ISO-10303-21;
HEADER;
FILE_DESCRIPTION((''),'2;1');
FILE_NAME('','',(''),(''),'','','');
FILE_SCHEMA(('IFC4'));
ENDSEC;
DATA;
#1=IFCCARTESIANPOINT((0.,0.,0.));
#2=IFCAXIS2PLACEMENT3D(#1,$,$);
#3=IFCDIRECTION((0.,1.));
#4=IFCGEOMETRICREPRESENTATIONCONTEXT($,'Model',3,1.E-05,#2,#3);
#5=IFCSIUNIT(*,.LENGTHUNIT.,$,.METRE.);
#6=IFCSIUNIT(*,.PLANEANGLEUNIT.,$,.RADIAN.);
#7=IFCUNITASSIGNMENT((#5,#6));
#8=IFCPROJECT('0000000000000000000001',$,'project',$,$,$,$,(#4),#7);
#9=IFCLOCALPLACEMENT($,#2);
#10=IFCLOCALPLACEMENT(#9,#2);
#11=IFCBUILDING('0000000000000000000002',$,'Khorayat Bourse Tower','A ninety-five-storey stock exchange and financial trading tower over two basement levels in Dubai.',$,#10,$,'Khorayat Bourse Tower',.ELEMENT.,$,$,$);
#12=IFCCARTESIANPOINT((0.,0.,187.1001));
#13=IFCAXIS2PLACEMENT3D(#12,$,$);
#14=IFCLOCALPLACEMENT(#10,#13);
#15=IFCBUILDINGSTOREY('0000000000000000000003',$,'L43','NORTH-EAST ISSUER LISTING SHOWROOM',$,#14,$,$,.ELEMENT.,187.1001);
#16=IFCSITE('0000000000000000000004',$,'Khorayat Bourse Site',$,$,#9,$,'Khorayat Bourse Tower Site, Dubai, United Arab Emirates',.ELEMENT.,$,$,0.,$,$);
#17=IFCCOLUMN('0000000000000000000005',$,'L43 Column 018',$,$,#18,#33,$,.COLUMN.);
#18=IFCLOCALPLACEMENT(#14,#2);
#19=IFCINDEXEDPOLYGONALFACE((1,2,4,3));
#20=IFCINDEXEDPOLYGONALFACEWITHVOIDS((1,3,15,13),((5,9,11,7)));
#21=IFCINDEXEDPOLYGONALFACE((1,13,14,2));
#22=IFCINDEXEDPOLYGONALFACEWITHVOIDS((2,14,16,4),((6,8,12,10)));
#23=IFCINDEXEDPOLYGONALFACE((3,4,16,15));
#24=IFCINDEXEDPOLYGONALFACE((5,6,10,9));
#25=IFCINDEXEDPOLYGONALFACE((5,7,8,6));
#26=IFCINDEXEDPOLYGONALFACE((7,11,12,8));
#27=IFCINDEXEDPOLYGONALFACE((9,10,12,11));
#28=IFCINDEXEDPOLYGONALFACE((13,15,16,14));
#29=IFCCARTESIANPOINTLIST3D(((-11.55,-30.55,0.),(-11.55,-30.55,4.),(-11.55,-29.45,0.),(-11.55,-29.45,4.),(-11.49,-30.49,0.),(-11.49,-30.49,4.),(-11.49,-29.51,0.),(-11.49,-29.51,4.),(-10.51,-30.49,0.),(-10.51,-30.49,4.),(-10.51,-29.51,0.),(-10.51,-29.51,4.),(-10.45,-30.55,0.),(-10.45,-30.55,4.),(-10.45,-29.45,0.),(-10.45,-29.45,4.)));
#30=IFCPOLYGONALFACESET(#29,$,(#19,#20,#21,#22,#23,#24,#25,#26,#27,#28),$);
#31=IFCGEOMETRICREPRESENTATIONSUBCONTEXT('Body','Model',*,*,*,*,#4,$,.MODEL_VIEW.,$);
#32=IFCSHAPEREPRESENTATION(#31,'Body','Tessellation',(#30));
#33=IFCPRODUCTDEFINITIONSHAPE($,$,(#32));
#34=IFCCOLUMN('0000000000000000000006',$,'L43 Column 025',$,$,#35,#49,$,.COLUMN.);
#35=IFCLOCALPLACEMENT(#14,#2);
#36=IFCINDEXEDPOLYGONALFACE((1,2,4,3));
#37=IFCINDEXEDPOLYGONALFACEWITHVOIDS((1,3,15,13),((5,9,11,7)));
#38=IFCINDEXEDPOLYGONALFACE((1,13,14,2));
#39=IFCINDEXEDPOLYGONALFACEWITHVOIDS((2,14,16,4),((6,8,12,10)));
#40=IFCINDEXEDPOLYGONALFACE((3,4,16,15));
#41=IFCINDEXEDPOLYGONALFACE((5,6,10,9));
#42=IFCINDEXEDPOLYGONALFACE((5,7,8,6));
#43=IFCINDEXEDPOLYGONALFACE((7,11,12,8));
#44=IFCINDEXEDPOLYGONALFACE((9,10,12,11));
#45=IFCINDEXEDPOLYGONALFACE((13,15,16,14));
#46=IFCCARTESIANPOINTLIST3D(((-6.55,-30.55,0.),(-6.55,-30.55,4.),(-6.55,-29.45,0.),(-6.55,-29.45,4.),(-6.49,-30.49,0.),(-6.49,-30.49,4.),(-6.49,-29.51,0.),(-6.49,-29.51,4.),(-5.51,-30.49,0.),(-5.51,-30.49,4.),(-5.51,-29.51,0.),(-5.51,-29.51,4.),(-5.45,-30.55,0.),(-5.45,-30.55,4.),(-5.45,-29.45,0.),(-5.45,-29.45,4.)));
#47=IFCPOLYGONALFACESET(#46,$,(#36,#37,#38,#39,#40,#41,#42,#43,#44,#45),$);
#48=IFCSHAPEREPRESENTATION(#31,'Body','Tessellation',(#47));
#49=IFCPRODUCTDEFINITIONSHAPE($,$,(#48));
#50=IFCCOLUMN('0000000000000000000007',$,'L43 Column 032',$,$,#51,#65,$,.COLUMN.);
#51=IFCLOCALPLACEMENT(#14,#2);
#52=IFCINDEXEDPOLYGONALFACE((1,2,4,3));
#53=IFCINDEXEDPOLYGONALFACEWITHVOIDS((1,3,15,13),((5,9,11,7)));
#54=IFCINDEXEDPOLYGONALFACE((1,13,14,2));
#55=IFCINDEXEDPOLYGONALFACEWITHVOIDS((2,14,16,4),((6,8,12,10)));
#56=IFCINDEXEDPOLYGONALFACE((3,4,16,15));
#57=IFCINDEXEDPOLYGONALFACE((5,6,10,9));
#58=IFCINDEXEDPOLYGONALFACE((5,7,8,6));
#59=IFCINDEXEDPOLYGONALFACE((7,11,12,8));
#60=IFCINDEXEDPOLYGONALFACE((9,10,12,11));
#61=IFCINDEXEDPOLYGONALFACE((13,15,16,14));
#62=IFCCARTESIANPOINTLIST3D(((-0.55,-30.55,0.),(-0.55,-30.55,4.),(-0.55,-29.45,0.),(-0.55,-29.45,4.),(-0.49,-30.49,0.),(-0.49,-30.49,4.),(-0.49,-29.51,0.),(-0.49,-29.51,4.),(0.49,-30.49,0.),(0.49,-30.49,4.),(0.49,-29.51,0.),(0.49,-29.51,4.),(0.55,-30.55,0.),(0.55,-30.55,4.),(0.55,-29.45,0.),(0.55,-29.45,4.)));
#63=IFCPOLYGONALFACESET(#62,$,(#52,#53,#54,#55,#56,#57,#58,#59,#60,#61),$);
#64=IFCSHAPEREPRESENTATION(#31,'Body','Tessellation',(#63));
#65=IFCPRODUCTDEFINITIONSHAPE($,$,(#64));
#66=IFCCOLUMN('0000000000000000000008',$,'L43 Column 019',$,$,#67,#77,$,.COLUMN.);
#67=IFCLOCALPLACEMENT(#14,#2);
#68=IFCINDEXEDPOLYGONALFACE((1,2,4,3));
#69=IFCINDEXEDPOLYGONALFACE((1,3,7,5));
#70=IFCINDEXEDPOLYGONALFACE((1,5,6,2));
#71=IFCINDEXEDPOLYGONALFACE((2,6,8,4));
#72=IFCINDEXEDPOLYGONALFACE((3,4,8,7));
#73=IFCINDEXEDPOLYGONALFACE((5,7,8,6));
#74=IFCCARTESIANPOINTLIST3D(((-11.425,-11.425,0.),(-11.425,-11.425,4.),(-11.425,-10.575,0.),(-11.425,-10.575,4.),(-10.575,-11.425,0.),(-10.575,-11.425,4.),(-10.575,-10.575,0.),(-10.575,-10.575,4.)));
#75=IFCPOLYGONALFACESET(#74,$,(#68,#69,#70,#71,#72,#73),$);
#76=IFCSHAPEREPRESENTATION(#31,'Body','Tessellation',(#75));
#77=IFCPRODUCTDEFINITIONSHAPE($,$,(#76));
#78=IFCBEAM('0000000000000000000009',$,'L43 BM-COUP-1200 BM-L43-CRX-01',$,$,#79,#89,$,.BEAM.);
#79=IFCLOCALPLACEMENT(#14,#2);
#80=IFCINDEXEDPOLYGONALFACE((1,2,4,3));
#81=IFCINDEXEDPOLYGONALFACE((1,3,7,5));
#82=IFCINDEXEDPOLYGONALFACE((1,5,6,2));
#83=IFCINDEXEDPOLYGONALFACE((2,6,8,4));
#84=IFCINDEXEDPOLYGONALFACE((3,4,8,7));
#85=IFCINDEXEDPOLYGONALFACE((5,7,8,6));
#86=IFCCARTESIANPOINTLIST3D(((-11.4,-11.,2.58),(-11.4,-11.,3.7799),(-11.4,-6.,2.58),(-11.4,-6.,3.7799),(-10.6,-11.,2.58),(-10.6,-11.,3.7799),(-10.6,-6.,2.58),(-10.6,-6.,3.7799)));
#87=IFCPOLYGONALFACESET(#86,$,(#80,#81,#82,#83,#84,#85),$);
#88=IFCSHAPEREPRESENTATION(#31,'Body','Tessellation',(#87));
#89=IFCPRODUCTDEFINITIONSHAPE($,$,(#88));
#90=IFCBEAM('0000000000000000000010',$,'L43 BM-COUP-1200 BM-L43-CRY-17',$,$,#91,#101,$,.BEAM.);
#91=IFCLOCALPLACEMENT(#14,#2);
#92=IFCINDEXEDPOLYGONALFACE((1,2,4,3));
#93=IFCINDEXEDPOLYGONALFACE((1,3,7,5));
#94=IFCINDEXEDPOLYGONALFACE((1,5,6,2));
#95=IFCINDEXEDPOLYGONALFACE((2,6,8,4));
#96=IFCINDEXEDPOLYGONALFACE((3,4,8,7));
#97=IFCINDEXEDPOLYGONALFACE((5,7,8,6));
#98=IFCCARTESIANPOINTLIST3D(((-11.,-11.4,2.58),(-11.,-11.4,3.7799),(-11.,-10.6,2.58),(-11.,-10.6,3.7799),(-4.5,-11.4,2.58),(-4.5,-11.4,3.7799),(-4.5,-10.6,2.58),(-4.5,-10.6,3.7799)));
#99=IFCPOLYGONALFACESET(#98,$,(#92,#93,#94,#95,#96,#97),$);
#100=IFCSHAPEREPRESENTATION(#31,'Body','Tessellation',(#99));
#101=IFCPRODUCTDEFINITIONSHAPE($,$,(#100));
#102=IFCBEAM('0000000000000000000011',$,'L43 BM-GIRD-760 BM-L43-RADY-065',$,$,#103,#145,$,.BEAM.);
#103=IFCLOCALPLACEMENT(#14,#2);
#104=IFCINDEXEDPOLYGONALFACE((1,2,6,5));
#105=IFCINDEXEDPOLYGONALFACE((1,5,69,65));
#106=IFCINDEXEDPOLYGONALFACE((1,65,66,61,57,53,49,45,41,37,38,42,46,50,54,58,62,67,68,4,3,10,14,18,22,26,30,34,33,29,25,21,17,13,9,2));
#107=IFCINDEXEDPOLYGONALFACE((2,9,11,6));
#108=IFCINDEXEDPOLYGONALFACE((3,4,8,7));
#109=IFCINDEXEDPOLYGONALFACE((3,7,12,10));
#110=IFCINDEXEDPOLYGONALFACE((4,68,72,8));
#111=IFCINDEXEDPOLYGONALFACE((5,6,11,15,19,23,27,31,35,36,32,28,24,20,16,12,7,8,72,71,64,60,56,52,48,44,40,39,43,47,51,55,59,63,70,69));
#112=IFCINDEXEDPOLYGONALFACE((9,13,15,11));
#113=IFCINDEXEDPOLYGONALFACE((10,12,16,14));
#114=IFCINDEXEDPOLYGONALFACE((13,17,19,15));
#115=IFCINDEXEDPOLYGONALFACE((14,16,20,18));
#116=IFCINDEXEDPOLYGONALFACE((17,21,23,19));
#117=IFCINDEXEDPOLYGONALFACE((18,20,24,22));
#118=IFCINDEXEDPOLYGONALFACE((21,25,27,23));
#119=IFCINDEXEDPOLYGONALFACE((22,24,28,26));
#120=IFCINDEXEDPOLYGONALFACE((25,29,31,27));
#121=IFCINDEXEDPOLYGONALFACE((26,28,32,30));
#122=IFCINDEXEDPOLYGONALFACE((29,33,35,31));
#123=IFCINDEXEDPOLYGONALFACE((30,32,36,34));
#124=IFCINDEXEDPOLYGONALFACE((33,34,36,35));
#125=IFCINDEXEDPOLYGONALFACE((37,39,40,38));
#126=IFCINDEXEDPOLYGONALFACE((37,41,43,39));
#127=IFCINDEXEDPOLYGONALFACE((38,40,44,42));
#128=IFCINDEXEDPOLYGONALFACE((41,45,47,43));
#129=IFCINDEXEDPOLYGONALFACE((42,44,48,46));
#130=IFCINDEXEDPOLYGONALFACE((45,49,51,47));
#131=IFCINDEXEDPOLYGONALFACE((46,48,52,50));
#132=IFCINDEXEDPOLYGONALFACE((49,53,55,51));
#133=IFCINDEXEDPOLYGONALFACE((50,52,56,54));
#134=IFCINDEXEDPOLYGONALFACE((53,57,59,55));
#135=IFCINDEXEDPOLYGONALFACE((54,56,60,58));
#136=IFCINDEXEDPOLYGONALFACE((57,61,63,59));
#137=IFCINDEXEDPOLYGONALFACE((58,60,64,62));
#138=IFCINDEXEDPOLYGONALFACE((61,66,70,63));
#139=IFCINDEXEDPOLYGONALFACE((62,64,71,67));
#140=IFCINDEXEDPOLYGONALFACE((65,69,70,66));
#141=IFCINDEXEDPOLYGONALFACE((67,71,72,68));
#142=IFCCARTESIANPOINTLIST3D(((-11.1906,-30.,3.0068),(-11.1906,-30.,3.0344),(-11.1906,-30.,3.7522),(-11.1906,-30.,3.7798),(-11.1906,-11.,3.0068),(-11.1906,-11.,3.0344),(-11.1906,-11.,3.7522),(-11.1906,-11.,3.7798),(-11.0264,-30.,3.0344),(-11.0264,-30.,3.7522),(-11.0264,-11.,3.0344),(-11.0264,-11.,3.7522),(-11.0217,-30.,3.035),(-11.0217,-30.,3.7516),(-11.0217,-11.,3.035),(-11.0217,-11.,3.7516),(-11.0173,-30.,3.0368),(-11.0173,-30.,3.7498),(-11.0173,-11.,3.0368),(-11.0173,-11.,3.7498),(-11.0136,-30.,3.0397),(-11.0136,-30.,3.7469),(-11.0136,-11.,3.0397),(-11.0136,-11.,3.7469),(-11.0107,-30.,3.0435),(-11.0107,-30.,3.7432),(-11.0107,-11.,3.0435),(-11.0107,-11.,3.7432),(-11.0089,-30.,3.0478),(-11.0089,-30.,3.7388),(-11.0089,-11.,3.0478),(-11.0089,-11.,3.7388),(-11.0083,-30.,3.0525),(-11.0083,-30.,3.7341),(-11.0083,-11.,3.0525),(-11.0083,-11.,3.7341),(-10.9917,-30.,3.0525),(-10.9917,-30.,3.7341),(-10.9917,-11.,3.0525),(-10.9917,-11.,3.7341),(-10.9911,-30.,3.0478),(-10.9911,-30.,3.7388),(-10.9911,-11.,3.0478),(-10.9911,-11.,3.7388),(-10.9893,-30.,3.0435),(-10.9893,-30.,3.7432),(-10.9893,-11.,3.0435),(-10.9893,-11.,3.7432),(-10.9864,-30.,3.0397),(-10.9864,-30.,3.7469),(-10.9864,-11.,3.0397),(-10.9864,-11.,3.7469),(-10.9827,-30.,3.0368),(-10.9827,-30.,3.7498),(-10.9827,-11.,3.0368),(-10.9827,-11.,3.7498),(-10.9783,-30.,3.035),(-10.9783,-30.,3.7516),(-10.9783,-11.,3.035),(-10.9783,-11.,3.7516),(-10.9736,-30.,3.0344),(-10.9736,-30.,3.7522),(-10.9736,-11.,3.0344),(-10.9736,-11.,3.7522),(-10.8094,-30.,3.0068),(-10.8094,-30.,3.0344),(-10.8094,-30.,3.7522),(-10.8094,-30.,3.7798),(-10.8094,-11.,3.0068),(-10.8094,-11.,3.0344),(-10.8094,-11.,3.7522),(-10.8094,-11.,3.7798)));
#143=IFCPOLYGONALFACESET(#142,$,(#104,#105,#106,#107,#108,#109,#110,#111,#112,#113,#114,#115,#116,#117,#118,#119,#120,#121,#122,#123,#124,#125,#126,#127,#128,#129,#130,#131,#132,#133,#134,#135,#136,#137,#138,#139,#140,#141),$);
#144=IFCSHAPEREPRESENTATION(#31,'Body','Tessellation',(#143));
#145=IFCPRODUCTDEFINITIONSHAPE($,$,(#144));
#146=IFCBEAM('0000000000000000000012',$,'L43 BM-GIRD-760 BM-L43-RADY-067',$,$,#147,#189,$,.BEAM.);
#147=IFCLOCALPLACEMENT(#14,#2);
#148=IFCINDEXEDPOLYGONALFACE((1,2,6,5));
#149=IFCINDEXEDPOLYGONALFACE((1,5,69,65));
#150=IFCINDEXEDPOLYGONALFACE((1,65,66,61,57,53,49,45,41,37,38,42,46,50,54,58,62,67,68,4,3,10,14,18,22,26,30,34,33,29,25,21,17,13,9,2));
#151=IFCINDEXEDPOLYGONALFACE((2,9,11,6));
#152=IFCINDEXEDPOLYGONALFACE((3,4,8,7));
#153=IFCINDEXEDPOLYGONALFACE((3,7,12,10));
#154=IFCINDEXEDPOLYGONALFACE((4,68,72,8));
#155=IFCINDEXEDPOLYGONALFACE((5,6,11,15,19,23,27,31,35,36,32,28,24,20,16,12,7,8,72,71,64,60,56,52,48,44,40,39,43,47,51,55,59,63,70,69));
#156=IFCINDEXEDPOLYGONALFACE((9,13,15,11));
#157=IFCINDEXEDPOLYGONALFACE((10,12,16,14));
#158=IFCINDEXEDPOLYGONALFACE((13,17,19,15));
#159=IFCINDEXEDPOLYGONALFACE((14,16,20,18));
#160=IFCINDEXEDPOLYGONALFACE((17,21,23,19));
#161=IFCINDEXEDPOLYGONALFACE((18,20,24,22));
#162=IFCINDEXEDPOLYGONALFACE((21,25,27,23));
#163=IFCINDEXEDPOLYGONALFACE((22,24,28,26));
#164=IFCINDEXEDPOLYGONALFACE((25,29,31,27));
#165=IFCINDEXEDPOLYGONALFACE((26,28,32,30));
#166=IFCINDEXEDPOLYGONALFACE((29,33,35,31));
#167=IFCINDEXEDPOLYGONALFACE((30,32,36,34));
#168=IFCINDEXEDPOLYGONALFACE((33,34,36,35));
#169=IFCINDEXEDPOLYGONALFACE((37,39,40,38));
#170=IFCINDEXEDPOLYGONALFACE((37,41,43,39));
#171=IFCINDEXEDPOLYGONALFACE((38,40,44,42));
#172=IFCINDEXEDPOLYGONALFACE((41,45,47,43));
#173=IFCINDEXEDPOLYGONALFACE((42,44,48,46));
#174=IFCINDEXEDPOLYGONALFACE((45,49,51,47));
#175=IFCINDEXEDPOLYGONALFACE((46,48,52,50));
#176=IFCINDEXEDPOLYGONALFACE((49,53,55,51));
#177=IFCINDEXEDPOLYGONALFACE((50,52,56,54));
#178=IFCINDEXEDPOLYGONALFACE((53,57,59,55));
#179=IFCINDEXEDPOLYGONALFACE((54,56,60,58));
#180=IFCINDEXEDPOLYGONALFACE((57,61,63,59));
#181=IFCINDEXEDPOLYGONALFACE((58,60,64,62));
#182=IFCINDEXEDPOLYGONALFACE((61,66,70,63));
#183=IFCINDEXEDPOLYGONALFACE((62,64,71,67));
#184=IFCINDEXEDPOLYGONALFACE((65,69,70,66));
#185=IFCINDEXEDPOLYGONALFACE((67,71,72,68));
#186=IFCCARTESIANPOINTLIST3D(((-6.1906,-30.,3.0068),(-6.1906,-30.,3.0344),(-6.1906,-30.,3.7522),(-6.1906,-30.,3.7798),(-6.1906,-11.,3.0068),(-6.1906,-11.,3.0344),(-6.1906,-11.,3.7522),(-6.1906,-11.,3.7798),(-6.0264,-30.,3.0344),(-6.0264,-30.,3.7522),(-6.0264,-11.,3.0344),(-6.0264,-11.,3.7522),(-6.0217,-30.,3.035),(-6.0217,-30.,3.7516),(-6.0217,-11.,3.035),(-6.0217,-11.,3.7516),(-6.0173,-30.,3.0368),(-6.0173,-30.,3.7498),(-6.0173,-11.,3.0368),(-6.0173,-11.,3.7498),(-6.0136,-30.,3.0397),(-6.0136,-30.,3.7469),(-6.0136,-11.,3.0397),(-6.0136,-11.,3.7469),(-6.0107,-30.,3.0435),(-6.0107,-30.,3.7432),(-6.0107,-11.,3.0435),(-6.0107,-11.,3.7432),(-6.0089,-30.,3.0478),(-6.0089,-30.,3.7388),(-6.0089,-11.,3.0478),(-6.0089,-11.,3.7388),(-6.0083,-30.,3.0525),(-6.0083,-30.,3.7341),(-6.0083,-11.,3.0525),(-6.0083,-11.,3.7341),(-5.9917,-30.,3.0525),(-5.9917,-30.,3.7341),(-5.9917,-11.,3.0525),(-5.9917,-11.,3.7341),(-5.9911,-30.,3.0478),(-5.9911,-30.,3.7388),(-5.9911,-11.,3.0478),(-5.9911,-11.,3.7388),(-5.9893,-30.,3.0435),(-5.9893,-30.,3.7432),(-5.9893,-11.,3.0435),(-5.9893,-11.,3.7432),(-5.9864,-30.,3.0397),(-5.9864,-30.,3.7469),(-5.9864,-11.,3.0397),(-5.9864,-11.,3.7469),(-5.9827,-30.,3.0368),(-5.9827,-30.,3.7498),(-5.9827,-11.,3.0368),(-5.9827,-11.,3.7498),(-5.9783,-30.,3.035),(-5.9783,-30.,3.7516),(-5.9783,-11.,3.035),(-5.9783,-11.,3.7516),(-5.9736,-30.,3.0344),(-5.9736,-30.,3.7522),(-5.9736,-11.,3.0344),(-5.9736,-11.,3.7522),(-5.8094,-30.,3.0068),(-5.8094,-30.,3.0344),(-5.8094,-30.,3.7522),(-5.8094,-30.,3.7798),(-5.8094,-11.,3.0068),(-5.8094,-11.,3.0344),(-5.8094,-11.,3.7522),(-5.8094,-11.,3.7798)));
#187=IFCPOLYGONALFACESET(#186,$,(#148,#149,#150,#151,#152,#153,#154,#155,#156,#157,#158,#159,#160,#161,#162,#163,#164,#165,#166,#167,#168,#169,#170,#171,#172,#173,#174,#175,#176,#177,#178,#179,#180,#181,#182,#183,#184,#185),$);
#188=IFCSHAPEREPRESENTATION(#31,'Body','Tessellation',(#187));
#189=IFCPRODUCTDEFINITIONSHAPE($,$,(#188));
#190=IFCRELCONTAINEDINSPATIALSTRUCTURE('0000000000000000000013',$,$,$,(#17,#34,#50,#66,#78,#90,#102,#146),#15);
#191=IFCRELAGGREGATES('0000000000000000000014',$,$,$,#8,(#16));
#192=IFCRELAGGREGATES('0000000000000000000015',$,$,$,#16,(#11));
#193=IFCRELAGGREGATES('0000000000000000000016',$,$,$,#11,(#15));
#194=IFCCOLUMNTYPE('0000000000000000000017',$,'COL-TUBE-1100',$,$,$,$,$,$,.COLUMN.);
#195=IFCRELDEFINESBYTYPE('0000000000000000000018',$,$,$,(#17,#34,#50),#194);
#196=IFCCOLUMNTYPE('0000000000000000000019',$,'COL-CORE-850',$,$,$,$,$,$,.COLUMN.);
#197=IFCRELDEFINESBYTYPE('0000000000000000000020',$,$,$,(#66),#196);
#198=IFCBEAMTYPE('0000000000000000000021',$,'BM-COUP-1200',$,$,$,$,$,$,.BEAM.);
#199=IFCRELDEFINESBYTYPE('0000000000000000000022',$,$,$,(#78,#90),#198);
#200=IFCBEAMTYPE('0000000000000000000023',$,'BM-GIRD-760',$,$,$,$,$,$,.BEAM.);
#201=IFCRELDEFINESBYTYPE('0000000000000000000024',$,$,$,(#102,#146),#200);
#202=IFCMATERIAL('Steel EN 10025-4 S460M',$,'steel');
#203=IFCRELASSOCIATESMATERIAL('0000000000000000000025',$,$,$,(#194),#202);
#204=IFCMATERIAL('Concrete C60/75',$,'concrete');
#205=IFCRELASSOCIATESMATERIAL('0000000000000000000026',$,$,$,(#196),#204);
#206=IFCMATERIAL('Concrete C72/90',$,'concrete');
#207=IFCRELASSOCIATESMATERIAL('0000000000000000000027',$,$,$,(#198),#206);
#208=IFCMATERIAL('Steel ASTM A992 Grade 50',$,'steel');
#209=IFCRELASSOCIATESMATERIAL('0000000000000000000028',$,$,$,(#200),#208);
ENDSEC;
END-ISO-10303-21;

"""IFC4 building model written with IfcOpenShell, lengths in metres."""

from ifc_helpers import new_model, si_unit, direction, frame, origin, origin_2d, place, context, subcontext, project, spatial, rectangle, hollow_rectangle, i_section, extrude, source, transform, mapped, material, material_profile, profile_set, type_object, element, save


model = new_model("IFC4")

# Units and contexts
model_context = context("Model", 3, precision=1e-05, world=origin(), true_north=direction((0.0, 1.0)))
body_context = subcontext(model_context, "Body", "Model", "MODEL_VIEW")
ifc_project = project(units=[si_unit("LENGTHUNIT", "METRE"), si_unit("PLANEANGLEUNIT", "RADIAN")], contexts=[model_context])

# Site, building, storey
site_placement = place(None, origin())
site = spatial("IfcSite", under=ifc_project, at=site_placement, Name="Khorayat Bourse Site", LongName="Khorayat Bourse Tower Site, Dubai, United Arab Emirates", CompositionType="ELEMENT", RefElevation=0.0)
building_placement = place(site_placement, origin())
building = spatial("IfcBuilding", under=site, at=building_placement, Name="Khorayat Bourse Tower", Description="A ninety-five-storey stock exchange and financial trading tower over two basement levels in Dubai.", LongName="Khorayat Bourse Tower", CompositionType="ELEMENT")
storey_placement = place(building_placement, frame((0.0, 0.0, 187.1001)))
storey = spatial("IfcBuildingStorey", under=building, at=storey_placement, Name="L43", Description="NORTH-EAST ISSUER LISTING SHOWROOM", CompositionType="ELEMENT", Elevation=187.1001)

# Columns
ifc_material_1 = material(Name="Steel EN 10025-4 S460M", Category="steel")
ifc_material_profile_1 = material_profile(ifc_material_1, hollow_rectangle(XDim=1.1001, YDim=1.1001, WallThickness=0.0601, at=origin_2d()), Name="BOX 1100x1100x60")
ifc_profile_set_1 = profile_set([ifc_material_profile_1], Name="Steel EN 10025-4 S460M")
column_type_1 = type_object("IfcColumnType", Name="COL-TUBE-1100", PredefinedType="COLUMN", material=ifc_profile_set_1)
shared_shape_1 = source(origin(), body_context, "Body", "SweptSolid", [
    extrude(hollow_rectangle(XDim=1.1001, YDim=1.1001, WallThickness=0.0601, at=origin_2d()), origin(), (0.0, 0.0, 1.0), 4.0),
])
for number, where, z_axis, x_axis, name in (
    (1, (-11.0, -30.0, 0.0), (0.0, 0.0, 1.0), (1.0, 0.0, 0.0), "L43 Column 018"),
    (2, (-6.0, -30.0, 0.0), (0.0, 0.0, 1.0), (1.0, 0.0, 0.0), "L43 Column 025"),
    (3, (0.0, -30.0, 0.0), (0.0, 0.0, 1.0), (1.0, 0.0, 0.0), "L43 Column 032"),
):
    element("IfcColumn", number, at=place(storey_placement, frame(where, z_axis=z_axis, x_axis=x_axis)), inside=storey, type_object=column_type_1, Name=name, PredefinedType="COLUMN", context=body_context, shape_type="MappedRepresentation", body=[
        mapped(shared_shape_1, transform((0.0, 0.0, 0.0), scale=1.0)),
    ])
ifc_material_2 = material(Name="Concrete C60/75", Category="concrete")
ifc_material_profile_2 = material_profile(ifc_material_2, rectangle(XDim=0.8501, YDim=0.8501, at=origin_2d()), Name="RC 850x850")
ifc_profile_set_2 = profile_set([ifc_material_profile_2], Name="Concrete C60/75")
column_type_2 = type_object("IfcColumnType", Name="COL-CORE-850", PredefinedType="COLUMN", material=ifc_profile_set_2)
shared_shape_2 = source(origin(), body_context, "Body", "SweptSolid", [
    extrude(rectangle(XDim=0.8501, YDim=0.8501, at=origin_2d()), origin(), (0.0, 0.0, 1.0), 4.0),
])
column_placement = place(storey_placement, frame((-11.0, -11.0, 0.0), z_axis=(0.0, 0.0, 1.0), x_axis=(1.0, 0.0, 0.0)))
element("IfcColumn", 4, at=column_placement, inside=storey, type_object=column_type_2, Name="L43 Column 019", PredefinedType="COLUMN", context=body_context, shape_type="MappedRepresentation", body=[
    mapped(shared_shape_2, transform((0.0, 0.0, 0.0), scale=1.0)),
])

# Beams
ifc_material_3 = material(Name="Concrete C72/90", Category="concrete")
ifc_material_profile_3 = material_profile(ifc_material_3, rectangle(XDim=0.8, YDim=1.2, at=origin_2d()), Name="RC 800x1200")
ifc_profile_set_3 = profile_set([ifc_material_profile_3], Name="Concrete C72/90")
beam_type_1 = type_object("IfcBeamType", Name="BM-COUP-1200", PredefinedType="BEAM", material=ifc_profile_set_3)
shared_shape_3 = source(origin(), body_context, "Body", "SweptSolid", [
    extrude(rectangle(XDim=0.8, YDim=1.2, at=origin_2d()), origin(), (0.0, 0.0, 1.0), 5.0),
])
beam_1_placement = place(storey_placement, frame((-11.0, -11.0, 3.1799), z_axis=(0.0, 1.0, 0.0), x_axis=(-1.0, 0.0, 0.0)))
element("IfcBeam", 5, at=beam_1_placement, inside=storey, type_object=beam_type_1, Name="L43 BM-COUP-1200 BM-L43-CRX-01", PredefinedType="BEAM", context=body_context, shape_type="MappedRepresentation", body=[
    mapped(shared_shape_3, transform((0.0, 0.0, 0.0), scale=1.0)),
])
shared_shape_4 = source(origin(), body_context, "Body", "SweptSolid", [
    extrude(rectangle(XDim=0.8, YDim=1.2, at=origin_2d()), origin(), (0.0, 0.0, 1.0), 6.5),
])
beam_2_placement = place(storey_placement, frame((-11.0, -11.0, 3.1799), z_axis=(1.0, 0.0, 0.0), x_axis=(0.0, 1.0, 0.0)))
element("IfcBeam", 6, at=beam_2_placement, inside=storey, type_object=beam_type_1, Name="L43 BM-COUP-1200 BM-L43-CRY-17", PredefinedType="BEAM", context=body_context, shape_type="MappedRepresentation", body=[
    mapped(shared_shape_4, transform((0.0, 0.0, 0.0), scale=1.0)),
])
ifc_material_4 = material(Name="Steel ASTM A992 Grade 50", Category="steel")
ifc_material_profile_4 = material_profile(ifc_material_4, i_section(OverallWidth=0.3811, OverallDepth=0.7729, WebThickness=0.0166, FlangeThickness=0.0276, FilletRadius=0.0181, at=origin_2d()), Name="W760X257")
ifc_profile_set_4 = profile_set([ifc_material_profile_4], Name="Steel ASTM A992 Grade 50")
beam_type_2 = type_object("IfcBeamType", Name="BM-GIRD-760", PredefinedType="BEAM", material=ifc_profile_set_4)
shared_shape_5 = source(origin(), body_context, "Body", "SweptSolid", [
    extrude(i_section(OverallWidth=0.3811, OverallDepth=0.7729, WebThickness=0.0166, FlangeThickness=0.0276, FilletRadius=0.0181, at=origin_2d()), origin(), (0.0, 0.0, 1.0), 19.0),
])
for number, where, z_axis, x_axis, name in (
    (7, (-11.0, -30.0, 3.3933), (0.0, 1.0, 0.0), (-1.0, 0.0, 0.0), "L43 BM-GIRD-760 BM-L43-RADY-065"),
    (8, (-6.0, -30.0, 3.3933), (0.0, 1.0, 0.0), (-1.0, 0.0, 0.0), "L43 BM-GIRD-760 BM-L43-RADY-067"),
):
    element("IfcBeam", number, at=place(storey_placement, frame(where, z_axis=z_axis, x_axis=x_axis)), inside=storey, type_object=beam_type_2, Name=name, PredefinedType="BEAM", context=body_context, shape_type="MappedRepresentation", body=[
        mapped(shared_shape_5, transform((0.0, 0.0, 0.0), scale=1.0)),
    ])

save(model, "model.ifc")
